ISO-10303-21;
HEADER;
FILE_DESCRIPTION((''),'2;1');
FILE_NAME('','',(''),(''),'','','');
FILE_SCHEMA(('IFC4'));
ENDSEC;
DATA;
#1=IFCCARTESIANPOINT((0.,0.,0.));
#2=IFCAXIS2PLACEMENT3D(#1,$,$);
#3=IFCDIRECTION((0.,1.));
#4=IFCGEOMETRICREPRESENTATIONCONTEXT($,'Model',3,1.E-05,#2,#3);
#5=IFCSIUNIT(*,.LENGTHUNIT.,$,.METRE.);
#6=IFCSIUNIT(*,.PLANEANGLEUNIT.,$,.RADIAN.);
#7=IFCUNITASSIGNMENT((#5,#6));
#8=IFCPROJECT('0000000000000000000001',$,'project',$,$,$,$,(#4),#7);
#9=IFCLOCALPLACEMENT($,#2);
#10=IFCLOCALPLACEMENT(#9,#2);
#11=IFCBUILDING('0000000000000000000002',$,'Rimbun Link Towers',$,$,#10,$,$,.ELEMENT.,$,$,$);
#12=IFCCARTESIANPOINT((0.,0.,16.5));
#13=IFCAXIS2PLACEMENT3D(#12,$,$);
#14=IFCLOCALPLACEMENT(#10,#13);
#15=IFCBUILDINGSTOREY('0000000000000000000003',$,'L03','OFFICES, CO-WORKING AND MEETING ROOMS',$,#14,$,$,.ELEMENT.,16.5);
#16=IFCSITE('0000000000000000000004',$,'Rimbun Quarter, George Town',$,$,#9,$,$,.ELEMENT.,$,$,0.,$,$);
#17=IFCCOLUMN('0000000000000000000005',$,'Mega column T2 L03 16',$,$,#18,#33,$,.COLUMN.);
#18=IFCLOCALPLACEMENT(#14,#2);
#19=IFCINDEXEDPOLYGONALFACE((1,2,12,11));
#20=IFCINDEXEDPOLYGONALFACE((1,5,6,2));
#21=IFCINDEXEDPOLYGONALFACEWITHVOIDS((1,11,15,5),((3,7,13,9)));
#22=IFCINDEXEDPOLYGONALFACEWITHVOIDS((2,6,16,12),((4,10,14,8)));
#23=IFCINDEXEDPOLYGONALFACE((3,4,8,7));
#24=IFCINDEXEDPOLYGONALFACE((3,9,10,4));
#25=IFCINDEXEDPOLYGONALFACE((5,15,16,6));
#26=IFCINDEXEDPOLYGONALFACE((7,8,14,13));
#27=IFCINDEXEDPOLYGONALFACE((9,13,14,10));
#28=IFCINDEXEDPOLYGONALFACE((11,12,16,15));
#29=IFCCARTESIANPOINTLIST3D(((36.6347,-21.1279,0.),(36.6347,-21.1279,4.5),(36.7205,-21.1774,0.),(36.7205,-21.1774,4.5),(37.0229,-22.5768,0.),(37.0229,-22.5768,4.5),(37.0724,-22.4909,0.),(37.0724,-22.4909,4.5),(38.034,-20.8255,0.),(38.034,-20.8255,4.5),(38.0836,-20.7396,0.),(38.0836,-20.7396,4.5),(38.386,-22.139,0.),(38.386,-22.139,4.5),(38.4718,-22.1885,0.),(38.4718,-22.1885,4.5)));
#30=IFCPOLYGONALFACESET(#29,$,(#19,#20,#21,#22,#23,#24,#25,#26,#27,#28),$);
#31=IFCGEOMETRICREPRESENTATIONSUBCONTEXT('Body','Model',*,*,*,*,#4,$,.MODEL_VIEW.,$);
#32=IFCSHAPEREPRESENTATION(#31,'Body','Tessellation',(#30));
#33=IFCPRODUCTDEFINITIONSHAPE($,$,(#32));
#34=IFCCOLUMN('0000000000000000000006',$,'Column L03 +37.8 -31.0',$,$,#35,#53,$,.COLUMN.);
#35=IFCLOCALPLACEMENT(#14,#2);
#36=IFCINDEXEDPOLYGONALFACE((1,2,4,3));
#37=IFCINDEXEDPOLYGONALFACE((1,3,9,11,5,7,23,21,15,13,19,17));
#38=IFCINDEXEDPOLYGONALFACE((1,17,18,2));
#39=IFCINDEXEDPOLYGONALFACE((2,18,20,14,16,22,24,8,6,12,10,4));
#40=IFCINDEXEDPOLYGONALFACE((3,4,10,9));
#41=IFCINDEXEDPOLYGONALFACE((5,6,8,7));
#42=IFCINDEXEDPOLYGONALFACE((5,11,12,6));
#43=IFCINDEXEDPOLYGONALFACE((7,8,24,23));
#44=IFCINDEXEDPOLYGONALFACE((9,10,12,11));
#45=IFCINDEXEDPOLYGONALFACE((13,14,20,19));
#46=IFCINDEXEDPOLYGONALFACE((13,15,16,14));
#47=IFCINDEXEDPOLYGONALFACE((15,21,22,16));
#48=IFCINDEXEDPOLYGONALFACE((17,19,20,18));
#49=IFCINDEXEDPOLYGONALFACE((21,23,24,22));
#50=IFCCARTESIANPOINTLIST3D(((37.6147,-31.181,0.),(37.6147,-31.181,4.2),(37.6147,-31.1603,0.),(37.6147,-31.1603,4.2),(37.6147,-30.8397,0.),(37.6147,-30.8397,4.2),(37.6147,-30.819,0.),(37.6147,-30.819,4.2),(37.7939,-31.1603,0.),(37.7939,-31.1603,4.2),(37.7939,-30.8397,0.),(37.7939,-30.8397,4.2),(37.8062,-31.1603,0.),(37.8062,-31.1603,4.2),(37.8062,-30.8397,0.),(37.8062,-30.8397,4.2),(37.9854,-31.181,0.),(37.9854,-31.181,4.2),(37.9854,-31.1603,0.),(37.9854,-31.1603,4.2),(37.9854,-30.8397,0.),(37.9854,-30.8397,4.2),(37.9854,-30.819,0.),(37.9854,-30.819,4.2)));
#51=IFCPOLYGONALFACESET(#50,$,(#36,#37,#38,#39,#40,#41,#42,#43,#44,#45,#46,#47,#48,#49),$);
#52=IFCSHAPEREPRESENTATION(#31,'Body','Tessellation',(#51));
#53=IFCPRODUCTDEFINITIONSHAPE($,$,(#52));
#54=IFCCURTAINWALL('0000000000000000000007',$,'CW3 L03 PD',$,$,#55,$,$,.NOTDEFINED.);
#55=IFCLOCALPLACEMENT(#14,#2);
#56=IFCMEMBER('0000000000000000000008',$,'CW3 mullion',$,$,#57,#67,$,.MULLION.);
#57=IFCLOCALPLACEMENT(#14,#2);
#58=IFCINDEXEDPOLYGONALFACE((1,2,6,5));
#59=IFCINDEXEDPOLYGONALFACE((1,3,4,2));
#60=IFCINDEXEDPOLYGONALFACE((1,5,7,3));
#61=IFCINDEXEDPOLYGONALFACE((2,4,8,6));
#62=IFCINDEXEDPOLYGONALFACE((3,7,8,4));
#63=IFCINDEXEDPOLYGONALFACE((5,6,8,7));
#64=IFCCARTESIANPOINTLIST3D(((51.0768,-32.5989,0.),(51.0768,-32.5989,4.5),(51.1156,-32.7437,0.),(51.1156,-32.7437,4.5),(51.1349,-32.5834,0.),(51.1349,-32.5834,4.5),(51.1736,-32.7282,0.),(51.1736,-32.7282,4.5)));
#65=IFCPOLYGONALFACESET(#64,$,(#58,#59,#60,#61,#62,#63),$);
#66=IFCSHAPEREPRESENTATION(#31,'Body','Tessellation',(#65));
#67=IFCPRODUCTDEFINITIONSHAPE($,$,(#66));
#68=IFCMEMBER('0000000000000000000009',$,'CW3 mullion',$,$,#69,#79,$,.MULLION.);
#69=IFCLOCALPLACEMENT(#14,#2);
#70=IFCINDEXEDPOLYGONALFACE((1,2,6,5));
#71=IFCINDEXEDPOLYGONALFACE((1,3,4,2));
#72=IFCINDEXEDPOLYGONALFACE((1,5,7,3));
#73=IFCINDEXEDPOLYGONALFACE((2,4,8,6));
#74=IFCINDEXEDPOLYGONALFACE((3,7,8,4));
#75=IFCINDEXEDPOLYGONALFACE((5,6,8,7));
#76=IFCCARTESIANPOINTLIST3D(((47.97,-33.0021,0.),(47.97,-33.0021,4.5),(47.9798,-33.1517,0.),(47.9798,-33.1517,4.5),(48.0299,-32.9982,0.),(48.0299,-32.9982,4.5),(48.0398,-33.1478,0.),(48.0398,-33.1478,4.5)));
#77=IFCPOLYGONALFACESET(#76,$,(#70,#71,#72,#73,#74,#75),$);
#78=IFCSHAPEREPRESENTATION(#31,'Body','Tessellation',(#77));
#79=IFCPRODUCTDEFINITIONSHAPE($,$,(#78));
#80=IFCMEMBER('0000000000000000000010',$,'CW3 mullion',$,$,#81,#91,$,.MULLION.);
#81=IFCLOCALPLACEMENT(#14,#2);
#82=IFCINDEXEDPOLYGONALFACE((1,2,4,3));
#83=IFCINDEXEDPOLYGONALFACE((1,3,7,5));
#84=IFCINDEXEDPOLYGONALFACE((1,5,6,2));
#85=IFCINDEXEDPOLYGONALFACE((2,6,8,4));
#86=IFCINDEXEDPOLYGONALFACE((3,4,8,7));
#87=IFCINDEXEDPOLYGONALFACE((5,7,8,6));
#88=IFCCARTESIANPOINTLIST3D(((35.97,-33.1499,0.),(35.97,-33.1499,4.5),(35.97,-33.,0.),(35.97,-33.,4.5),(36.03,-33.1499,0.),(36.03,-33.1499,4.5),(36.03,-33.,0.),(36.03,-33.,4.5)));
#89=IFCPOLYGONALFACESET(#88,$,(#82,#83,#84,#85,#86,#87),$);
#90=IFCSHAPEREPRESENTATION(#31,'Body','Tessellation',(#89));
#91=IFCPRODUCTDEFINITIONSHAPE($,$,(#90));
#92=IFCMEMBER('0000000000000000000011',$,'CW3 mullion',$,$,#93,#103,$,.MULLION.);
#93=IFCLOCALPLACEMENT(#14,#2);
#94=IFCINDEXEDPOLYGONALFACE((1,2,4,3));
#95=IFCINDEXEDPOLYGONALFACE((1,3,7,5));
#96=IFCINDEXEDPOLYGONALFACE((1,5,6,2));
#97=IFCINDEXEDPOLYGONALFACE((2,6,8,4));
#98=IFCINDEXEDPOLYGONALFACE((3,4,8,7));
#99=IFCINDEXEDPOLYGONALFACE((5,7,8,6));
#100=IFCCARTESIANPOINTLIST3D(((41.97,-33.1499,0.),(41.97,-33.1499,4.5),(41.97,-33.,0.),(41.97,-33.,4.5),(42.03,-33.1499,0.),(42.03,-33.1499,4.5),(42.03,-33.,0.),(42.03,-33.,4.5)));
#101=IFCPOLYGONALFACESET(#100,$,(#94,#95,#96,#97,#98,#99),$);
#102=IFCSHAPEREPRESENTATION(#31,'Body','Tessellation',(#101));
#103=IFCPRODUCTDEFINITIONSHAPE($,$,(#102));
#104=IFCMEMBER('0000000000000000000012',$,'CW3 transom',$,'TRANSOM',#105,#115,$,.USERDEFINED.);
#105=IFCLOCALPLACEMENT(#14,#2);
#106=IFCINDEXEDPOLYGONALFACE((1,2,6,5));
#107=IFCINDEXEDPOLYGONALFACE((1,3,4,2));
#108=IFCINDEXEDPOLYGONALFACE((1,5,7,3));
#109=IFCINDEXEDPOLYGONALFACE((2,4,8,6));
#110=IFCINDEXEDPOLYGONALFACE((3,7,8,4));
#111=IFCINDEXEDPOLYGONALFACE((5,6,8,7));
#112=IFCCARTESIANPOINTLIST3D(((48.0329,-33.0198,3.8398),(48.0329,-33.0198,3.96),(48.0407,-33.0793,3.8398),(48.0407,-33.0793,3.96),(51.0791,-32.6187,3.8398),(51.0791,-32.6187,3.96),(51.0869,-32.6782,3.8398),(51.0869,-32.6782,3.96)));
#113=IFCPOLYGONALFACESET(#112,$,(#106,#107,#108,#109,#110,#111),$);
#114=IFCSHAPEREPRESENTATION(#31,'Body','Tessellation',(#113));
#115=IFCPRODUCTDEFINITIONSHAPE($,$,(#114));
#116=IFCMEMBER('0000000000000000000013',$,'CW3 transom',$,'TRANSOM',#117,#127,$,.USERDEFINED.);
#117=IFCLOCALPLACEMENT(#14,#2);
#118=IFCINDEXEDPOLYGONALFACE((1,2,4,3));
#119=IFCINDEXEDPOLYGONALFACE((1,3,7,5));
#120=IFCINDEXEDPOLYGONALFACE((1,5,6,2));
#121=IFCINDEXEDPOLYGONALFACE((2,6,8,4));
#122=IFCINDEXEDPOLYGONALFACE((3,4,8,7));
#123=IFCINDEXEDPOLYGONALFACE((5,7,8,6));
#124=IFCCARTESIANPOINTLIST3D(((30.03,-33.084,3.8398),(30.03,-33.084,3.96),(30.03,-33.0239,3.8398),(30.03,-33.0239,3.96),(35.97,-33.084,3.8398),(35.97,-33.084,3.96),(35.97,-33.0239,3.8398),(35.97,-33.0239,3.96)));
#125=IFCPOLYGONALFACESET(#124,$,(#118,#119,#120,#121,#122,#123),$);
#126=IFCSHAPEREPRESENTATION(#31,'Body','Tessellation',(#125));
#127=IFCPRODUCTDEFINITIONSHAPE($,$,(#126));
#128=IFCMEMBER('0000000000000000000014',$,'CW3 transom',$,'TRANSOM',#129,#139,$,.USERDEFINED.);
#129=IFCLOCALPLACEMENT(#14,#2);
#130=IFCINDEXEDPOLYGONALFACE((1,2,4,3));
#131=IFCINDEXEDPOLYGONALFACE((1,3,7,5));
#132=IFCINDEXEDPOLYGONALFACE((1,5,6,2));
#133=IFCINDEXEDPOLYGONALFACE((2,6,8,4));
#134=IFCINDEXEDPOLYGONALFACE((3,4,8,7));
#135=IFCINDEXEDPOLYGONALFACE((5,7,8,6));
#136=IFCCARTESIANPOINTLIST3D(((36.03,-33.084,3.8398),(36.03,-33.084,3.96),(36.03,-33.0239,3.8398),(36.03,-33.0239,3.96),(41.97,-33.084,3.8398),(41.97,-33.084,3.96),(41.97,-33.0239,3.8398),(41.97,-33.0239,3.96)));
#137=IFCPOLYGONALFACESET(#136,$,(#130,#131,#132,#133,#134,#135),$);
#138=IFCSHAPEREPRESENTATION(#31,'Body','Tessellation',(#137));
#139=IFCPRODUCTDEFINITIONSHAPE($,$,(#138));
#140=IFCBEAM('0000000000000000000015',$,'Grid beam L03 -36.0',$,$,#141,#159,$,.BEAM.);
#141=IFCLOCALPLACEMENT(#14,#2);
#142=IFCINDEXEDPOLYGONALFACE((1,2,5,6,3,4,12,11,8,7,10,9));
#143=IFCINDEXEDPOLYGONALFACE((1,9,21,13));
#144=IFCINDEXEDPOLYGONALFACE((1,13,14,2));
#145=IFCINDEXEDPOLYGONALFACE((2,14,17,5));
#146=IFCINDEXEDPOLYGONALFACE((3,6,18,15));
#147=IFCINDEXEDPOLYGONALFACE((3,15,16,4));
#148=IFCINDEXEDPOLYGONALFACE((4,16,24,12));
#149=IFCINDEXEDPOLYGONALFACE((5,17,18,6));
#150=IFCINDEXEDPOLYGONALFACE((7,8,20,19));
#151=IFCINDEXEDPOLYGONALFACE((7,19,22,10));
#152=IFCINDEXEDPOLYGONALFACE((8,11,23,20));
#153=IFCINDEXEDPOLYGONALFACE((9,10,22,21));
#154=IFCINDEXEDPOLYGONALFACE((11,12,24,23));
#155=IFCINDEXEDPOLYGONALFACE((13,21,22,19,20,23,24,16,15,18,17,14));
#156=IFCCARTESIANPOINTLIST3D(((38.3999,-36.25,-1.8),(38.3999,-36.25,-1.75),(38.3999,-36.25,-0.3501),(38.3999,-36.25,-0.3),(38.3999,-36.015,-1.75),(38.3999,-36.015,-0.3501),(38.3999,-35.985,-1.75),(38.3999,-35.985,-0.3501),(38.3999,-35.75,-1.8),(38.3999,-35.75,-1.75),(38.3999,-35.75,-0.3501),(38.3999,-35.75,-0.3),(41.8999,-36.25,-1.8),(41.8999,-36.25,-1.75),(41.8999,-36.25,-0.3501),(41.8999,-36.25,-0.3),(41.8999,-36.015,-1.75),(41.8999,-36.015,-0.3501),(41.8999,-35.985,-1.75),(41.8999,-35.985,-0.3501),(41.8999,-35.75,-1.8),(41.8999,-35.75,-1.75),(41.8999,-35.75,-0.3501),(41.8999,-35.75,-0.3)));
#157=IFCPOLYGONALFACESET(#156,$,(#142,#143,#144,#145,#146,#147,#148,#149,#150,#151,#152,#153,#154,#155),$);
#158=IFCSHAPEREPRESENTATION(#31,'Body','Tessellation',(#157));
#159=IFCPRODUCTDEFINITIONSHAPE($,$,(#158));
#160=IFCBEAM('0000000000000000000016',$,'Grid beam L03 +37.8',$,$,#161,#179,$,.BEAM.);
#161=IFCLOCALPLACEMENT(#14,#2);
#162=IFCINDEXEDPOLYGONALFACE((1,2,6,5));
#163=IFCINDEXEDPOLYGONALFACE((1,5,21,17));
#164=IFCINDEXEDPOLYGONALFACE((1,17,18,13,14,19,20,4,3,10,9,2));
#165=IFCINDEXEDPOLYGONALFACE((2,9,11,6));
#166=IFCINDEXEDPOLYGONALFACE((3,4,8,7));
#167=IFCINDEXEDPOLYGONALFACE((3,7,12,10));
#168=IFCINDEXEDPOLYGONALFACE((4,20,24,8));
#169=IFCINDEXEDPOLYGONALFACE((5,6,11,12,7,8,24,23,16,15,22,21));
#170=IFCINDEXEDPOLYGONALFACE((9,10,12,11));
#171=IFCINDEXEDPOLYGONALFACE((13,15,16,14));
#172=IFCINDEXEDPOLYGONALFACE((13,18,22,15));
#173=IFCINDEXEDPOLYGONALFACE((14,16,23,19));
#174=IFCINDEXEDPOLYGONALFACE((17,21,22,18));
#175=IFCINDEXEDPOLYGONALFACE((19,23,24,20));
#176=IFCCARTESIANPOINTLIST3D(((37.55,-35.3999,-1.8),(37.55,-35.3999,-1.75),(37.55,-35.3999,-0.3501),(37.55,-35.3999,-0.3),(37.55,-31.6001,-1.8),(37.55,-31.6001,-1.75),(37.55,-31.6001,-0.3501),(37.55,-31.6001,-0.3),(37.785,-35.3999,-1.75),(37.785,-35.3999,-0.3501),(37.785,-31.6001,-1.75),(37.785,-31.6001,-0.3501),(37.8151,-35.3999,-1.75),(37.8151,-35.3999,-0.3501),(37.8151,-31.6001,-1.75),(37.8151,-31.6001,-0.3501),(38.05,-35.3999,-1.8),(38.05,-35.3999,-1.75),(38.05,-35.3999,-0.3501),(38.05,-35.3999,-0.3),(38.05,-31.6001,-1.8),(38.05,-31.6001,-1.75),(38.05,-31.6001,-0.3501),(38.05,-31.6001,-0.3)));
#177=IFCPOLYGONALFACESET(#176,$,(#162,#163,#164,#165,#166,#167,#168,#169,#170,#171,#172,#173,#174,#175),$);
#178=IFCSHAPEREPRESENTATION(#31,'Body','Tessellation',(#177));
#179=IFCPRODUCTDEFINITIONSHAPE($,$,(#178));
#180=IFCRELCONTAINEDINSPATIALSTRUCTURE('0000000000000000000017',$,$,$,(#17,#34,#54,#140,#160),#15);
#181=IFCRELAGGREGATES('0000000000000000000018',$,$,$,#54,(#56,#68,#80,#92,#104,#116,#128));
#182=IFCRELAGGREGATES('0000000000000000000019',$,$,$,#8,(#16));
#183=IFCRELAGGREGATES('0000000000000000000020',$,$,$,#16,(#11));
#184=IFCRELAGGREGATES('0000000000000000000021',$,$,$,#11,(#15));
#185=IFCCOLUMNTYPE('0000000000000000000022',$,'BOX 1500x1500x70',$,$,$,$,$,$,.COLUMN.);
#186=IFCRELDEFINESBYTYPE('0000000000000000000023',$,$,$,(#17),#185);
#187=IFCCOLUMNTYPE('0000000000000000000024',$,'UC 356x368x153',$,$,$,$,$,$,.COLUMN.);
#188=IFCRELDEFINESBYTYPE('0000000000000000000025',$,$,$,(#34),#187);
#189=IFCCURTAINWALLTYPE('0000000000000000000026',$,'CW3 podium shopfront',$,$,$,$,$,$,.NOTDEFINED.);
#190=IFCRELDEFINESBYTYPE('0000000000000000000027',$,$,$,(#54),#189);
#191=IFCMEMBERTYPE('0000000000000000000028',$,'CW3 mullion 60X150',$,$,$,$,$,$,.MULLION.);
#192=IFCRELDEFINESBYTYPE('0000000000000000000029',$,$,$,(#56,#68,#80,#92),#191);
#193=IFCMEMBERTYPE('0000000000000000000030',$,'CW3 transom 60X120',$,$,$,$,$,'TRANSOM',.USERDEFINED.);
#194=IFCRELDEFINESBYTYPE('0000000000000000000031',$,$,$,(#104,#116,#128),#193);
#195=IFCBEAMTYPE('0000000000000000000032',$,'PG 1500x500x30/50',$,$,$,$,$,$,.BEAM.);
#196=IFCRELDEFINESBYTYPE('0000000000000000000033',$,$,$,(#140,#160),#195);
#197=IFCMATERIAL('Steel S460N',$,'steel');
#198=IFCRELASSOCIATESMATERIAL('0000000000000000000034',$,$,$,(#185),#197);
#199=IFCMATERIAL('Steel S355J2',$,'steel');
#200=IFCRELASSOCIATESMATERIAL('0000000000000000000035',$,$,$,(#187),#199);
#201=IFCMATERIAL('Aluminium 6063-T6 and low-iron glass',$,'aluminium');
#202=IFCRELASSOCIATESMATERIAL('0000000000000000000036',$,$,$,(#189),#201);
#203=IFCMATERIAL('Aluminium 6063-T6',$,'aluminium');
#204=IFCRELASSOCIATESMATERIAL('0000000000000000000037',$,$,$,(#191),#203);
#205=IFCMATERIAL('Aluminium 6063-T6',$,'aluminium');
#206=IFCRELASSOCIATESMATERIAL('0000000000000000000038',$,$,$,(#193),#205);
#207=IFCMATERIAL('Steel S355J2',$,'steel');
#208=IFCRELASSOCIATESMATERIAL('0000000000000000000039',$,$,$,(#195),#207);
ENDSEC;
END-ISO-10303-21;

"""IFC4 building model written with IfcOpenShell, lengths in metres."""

from ifc_helpers import new_model, si_unit, direction, frame, origin, origin_2d, place, context, subcontext, project, spatial, rectangle, hollow_rectangle, i_section, extrude, material, material_profile, profile_set, type_object, element, aggregate, save


model = new_model("IFC4")

# Units and contexts
model_context = context("Model", 3, precision=1e-05, world=origin(), true_north=direction((0.0, 1.0)))
body_context = subcontext(model_context, "Body", "Model", "MODEL_VIEW")
ifc_project = project(units=[si_unit("LENGTHUNIT", "METRE"), si_unit("PLANEANGLEUNIT", "RADIAN")], contexts=[model_context])

# Site, building, storey
site_placement = place(None, origin())
site = spatial("IfcSite", under=ifc_project, at=site_placement, Name="Rimbun Quarter, George Town", CompositionType="ELEMENT", RefElevation=0.0)
building_placement = place(site_placement, origin())
building = spatial("IfcBuilding", under=site, at=building_placement, Name="Rimbun Link Towers", CompositionType="ELEMENT")
storey_placement = place(building_placement, frame((0.0, 0.0, 16.5)))
storey = spatial("IfcBuildingStorey", under=building, at=storey_placement, Name="L03", Description="OFFICES, CO-WORKING AND MEETING ROOMS", CompositionType="ELEMENT", Elevation=16.5)

# Columns
ifc_material_1 = material(Name="Steel S460N", Category="steel")
ifc_material_profile_1 = material_profile(ifc_material_1, hollow_rectangle(XDim=1.5, YDim=1.5, WallThickness=0.0701, at=origin_2d()), Name="BOX 1500x1500x70")
ifc_profile_set_1 = profile_set([ifc_material_profile_1], Name="Steel S460N")
column_type_1 = type_object("IfcColumnType", Name="BOX 1500x1500x70", PredefinedType="COLUMN", material=ifc_profile_set_1)
column_1_placement = place(storey_placement, frame((37.5532, -21.6582, 0.0), z_axis=(0.0, 0.0, 1.0), x_axis=(0.258819, -0.965926, 0.0)))
element("IfcColumn", 1, at=column_1_placement, inside=storey, type_object=column_type_1, Name="Mega column T2 L03 16", PredefinedType="COLUMN", context=body_context, shape_type="SweptSolid", body=[
    extrude(hollow_rectangle(XDim=1.5, YDim=1.5, WallThickness=0.0701, at=origin_2d()), origin(), (0.0, 0.0, 1.0), 4.5),
])
ifc_material_2 = material(Name="Steel S355J2", Category="steel")
ifc_material_profile_2 = material_profile(ifc_material_2, i_section(OverallWidth=0.3706, OverallDepth=0.3621, WebThickness=0.0122, FlangeThickness=0.0208, at=origin_2d()), Name="UC 356x368x153")
ifc_profile_set_2 = profile_set([ifc_material_profile_2], Name="Steel S355J2")
column_type_2 = type_object("IfcColumnType", Name="UC 356x368x153", PredefinedType="COLUMN", material=ifc_profile_set_2)
column_2_placement = place(storey_placement, frame((37.8, -31.0, 0.0), z_axis=(0.0, 0.0, 1.0), x_axis=(1.0, 0.0, 0.0)))
element("IfcColumn", 2, at=column_2_placement, inside=storey, type_object=column_type_2, Name="Column L03 +37.8 -31.0", PredefinedType="COLUMN", context=body_context, shape_type="SweptSolid", body=[
    extrude(i_section(OverallWidth=0.3706, OverallDepth=0.3621, WebThickness=0.0122, FlangeThickness=0.0208, at=origin_2d()), origin(), (0.0, 0.0, 1.0), 4.2),
])

# Curtain wall, members
ifc_material_3 = material(Name="Aluminium 6063-T6 and low-iron glass", Category="aluminium")
curtain_wall_type = type_object("IfcCurtainWallType", Name="CW3 podium shopfront", PredefinedType="NOTDEFINED", material=ifc_material_3)
curtain_wall_placement = place(storey_placement, origin())
curtain_wall = element("IfcCurtainWall", 3, at=curtain_wall_placement, inside=storey, type_object=curtain_wall_type, Name="CW3 L03 PD", PredefinedType="NOTDEFINED")
ifc_material_4 = material(Name="Aluminium 6063-T6", Category="aluminium")
ifc_material_profile_3 = material_profile(ifc_material_4, rectangle(XDim=0.1499, YDim=0.0601, at=origin_2d()), Name="MULLION 60X150")
ifc_profile_set_3 = profile_set([ifc_material_profile_3], Name="Aluminium 6063-T6")
member_type_1 = type_object("IfcMemberType", Name="CW3 mullion 60X150", PredefinedType="MULLION", material=ifc_profile_set_3)
member_1_placement = place(storey_placement, frame((51.1252, -32.6636, 0.0), z_axis=(0.0, 0.0, 1.0), x_axis=(0.258819, -0.965926, 0.0)))
member_1 = element("IfcMember", 4, at=member_1_placement, type_object=member_type_1, Name="CW3 mullion", PredefinedType="MULLION", context=body_context, shape_type="SweptSolid", body=[
    extrude(rectangle(XDim=0.1499, YDim=0.0601, at=origin_2d()), origin(), (0.0, 0.0, 1.0), 4.5),
])
member_2_placement = place(storey_placement, frame((48.0049, -33.075, 0.0), z_axis=(0.0, 0.0, 1.0), x_axis=(0.065405, -0.997859, 0.0)))
member_2 = element("IfcMember", 5, at=member_2_placement, type_object=member_type_1, Name="CW3 mullion", PredefinedType="MULLION", context=body_context, shape_type="SweptSolid", body=[
    extrude(rectangle(XDim=0.1499, YDim=0.0601, at=origin_2d()), origin(), (0.0, 0.0, 1.0), 4.5),
])
member_3_placement = place(storey_placement, frame((36.0, -33.075, 0.0), z_axis=(0.0, 0.0, 1.0), x_axis=(0.0, -1.0, 0.0)))
member_3 = element("IfcMember", 6, at=member_3_placement, type_object=member_type_1, Name="CW3 mullion", PredefinedType="MULLION", context=body_context, shape_type="SweptSolid", body=[
    extrude(rectangle(XDim=0.1499, YDim=0.0601, at=origin_2d()), origin(), (0.0, 0.0, 1.0), 4.5),
])
member_4_placement = place(storey_placement, frame((42.0, -33.075, 0.0), z_axis=(0.0, 0.0, 1.0), x_axis=(0.0, -1.0, 0.0)))
member_4 = element("IfcMember", 7, at=member_4_placement, type_object=member_type_1, Name="CW3 mullion", PredefinedType="MULLION", context=body_context, shape_type="SweptSolid", body=[
    extrude(rectangle(XDim=0.1499, YDim=0.0601, at=origin_2d()), origin(), (0.0, 0.0, 1.0), 4.5),
])
ifc_material_5 = material(Name="Aluminium 6063-T6", Category="aluminium")
ifc_material_profile_4 = material_profile(ifc_material_5, rectangle(XDim=0.0601, YDim=0.1201, at=origin_2d()), Name="TRANSOM 60X120")
ifc_profile_set_4 = profile_set([ifc_material_profile_4], Name="Aluminium 6063-T6")
member_type_2 = type_object("IfcMemberType", Name="CW3 transom 60X120", ElementType="TRANSOM", PredefinedType="USERDEFINED", material=ifc_profile_set_4)
member_5_placement = place(storey_placement, frame((51.083, -32.6484, 3.8999), z_axis=(-0.991441, -0.130555, 0.0), x_axis=(0.130555, -0.991441, 0.0)))
member_5 = element("IfcMember", 8, at=member_5_placement, type_object=member_type_2, Name="CW3 transom", ObjectType="TRANSOM", PredefinedType="USERDEFINED", context=body_context, shape_type="SweptSolid", body=[
    extrude(rectangle(XDim=0.0601, YDim=0.1201, at=origin_2d()), origin(), (0.0, 0.0, 1.0), 3.0725),
])
member_6_placement = place(storey_placement, frame((35.97, -33.054, 3.8999), z_axis=(-1.0, 0.0, 0.0), x_axis=(0.0, -1.0, 0.0)))
member_6 = element("IfcMember", 9, at=member_6_placement, type_object=member_type_2, Name="CW3 transom", ObjectType="TRANSOM", PredefinedType="USERDEFINED", context=body_context, shape_type="SweptSolid", body=[
    extrude(rectangle(XDim=0.0601, YDim=0.1201, at=origin_2d()), origin(), (0.0, 0.0, 1.0), 5.9399),
])
member_7_placement = place(storey_placement, frame((41.97, -33.054, 3.8999), z_axis=(-1.0, 0.0, 0.0), x_axis=(0.0, -1.0, 0.0)))
member_7 = element("IfcMember", 10, at=member_7_placement, type_object=member_type_2, Name="CW3 transom", ObjectType="TRANSOM", PredefinedType="USERDEFINED", context=body_context, shape_type="SweptSolid", body=[
    extrude(rectangle(XDim=0.0601, YDim=0.1201, at=origin_2d()), origin(), (0.0, 0.0, 1.0), 5.9399),
])

# Beams
ifc_material_6 = material(Name="Steel S355J2", Category="steel")
ifc_material_profile_5 = material_profile(ifc_material_6, i_section(OverallWidth=0.5, OverallDepth=1.5, WebThickness=0.03, FlangeThickness=0.05, at=origin_2d()), Name="PG 1500x500x30/50")
ifc_profile_set_5 = profile_set([ifc_material_profile_5], Name="Steel S355J2")
beam_type = type_object("IfcBeamType", Name="PG 1500x500x30/50", PredefinedType="BEAM", material=ifc_profile_set_5)
beam_1_placement = place(storey_placement, frame((38.3999, -36.0, -1.05), z_axis=(1.0, 0.0, 0.0), x_axis=(0.0, 1.0, 0.0)))
element("IfcBeam", 11, at=beam_1_placement, inside=storey, type_object=beam_type, Name="Grid beam L03 -36.0", PredefinedType="BEAM", context=body_context, shape_type="SweptSolid", body=[
    extrude(i_section(OverallWidth=0.5, OverallDepth=1.5, WebThickness=0.03, FlangeThickness=0.05, at=origin_2d()), origin(), (0.0, 0.0, 1.0), 3.5),
])
beam_2_placement = place(storey_placement, frame((37.8, -35.3999, -1.05), z_axis=(0.0, 1.0, 0.0), x_axis=(-1.0, 0.0, 0.0)))
element("IfcBeam", 12, at=beam_2_placement, inside=storey, type_object=beam_type, Name="Grid beam L03 +37.8", PredefinedType="BEAM", context=body_context, shape_type="SweptSolid", body=[
    extrude(i_section(OverallWidth=0.5, OverallDepth=1.5, WebThickness=0.03, FlangeThickness=0.05, at=origin_2d()), origin(), (0.0, 0.0, 1.0), 3.7998),
])

aggregate(curtain_wall, [member_1, member_2, member_3, member_4, member_5, member_6, member_7])

save(model, "model.ifc")
